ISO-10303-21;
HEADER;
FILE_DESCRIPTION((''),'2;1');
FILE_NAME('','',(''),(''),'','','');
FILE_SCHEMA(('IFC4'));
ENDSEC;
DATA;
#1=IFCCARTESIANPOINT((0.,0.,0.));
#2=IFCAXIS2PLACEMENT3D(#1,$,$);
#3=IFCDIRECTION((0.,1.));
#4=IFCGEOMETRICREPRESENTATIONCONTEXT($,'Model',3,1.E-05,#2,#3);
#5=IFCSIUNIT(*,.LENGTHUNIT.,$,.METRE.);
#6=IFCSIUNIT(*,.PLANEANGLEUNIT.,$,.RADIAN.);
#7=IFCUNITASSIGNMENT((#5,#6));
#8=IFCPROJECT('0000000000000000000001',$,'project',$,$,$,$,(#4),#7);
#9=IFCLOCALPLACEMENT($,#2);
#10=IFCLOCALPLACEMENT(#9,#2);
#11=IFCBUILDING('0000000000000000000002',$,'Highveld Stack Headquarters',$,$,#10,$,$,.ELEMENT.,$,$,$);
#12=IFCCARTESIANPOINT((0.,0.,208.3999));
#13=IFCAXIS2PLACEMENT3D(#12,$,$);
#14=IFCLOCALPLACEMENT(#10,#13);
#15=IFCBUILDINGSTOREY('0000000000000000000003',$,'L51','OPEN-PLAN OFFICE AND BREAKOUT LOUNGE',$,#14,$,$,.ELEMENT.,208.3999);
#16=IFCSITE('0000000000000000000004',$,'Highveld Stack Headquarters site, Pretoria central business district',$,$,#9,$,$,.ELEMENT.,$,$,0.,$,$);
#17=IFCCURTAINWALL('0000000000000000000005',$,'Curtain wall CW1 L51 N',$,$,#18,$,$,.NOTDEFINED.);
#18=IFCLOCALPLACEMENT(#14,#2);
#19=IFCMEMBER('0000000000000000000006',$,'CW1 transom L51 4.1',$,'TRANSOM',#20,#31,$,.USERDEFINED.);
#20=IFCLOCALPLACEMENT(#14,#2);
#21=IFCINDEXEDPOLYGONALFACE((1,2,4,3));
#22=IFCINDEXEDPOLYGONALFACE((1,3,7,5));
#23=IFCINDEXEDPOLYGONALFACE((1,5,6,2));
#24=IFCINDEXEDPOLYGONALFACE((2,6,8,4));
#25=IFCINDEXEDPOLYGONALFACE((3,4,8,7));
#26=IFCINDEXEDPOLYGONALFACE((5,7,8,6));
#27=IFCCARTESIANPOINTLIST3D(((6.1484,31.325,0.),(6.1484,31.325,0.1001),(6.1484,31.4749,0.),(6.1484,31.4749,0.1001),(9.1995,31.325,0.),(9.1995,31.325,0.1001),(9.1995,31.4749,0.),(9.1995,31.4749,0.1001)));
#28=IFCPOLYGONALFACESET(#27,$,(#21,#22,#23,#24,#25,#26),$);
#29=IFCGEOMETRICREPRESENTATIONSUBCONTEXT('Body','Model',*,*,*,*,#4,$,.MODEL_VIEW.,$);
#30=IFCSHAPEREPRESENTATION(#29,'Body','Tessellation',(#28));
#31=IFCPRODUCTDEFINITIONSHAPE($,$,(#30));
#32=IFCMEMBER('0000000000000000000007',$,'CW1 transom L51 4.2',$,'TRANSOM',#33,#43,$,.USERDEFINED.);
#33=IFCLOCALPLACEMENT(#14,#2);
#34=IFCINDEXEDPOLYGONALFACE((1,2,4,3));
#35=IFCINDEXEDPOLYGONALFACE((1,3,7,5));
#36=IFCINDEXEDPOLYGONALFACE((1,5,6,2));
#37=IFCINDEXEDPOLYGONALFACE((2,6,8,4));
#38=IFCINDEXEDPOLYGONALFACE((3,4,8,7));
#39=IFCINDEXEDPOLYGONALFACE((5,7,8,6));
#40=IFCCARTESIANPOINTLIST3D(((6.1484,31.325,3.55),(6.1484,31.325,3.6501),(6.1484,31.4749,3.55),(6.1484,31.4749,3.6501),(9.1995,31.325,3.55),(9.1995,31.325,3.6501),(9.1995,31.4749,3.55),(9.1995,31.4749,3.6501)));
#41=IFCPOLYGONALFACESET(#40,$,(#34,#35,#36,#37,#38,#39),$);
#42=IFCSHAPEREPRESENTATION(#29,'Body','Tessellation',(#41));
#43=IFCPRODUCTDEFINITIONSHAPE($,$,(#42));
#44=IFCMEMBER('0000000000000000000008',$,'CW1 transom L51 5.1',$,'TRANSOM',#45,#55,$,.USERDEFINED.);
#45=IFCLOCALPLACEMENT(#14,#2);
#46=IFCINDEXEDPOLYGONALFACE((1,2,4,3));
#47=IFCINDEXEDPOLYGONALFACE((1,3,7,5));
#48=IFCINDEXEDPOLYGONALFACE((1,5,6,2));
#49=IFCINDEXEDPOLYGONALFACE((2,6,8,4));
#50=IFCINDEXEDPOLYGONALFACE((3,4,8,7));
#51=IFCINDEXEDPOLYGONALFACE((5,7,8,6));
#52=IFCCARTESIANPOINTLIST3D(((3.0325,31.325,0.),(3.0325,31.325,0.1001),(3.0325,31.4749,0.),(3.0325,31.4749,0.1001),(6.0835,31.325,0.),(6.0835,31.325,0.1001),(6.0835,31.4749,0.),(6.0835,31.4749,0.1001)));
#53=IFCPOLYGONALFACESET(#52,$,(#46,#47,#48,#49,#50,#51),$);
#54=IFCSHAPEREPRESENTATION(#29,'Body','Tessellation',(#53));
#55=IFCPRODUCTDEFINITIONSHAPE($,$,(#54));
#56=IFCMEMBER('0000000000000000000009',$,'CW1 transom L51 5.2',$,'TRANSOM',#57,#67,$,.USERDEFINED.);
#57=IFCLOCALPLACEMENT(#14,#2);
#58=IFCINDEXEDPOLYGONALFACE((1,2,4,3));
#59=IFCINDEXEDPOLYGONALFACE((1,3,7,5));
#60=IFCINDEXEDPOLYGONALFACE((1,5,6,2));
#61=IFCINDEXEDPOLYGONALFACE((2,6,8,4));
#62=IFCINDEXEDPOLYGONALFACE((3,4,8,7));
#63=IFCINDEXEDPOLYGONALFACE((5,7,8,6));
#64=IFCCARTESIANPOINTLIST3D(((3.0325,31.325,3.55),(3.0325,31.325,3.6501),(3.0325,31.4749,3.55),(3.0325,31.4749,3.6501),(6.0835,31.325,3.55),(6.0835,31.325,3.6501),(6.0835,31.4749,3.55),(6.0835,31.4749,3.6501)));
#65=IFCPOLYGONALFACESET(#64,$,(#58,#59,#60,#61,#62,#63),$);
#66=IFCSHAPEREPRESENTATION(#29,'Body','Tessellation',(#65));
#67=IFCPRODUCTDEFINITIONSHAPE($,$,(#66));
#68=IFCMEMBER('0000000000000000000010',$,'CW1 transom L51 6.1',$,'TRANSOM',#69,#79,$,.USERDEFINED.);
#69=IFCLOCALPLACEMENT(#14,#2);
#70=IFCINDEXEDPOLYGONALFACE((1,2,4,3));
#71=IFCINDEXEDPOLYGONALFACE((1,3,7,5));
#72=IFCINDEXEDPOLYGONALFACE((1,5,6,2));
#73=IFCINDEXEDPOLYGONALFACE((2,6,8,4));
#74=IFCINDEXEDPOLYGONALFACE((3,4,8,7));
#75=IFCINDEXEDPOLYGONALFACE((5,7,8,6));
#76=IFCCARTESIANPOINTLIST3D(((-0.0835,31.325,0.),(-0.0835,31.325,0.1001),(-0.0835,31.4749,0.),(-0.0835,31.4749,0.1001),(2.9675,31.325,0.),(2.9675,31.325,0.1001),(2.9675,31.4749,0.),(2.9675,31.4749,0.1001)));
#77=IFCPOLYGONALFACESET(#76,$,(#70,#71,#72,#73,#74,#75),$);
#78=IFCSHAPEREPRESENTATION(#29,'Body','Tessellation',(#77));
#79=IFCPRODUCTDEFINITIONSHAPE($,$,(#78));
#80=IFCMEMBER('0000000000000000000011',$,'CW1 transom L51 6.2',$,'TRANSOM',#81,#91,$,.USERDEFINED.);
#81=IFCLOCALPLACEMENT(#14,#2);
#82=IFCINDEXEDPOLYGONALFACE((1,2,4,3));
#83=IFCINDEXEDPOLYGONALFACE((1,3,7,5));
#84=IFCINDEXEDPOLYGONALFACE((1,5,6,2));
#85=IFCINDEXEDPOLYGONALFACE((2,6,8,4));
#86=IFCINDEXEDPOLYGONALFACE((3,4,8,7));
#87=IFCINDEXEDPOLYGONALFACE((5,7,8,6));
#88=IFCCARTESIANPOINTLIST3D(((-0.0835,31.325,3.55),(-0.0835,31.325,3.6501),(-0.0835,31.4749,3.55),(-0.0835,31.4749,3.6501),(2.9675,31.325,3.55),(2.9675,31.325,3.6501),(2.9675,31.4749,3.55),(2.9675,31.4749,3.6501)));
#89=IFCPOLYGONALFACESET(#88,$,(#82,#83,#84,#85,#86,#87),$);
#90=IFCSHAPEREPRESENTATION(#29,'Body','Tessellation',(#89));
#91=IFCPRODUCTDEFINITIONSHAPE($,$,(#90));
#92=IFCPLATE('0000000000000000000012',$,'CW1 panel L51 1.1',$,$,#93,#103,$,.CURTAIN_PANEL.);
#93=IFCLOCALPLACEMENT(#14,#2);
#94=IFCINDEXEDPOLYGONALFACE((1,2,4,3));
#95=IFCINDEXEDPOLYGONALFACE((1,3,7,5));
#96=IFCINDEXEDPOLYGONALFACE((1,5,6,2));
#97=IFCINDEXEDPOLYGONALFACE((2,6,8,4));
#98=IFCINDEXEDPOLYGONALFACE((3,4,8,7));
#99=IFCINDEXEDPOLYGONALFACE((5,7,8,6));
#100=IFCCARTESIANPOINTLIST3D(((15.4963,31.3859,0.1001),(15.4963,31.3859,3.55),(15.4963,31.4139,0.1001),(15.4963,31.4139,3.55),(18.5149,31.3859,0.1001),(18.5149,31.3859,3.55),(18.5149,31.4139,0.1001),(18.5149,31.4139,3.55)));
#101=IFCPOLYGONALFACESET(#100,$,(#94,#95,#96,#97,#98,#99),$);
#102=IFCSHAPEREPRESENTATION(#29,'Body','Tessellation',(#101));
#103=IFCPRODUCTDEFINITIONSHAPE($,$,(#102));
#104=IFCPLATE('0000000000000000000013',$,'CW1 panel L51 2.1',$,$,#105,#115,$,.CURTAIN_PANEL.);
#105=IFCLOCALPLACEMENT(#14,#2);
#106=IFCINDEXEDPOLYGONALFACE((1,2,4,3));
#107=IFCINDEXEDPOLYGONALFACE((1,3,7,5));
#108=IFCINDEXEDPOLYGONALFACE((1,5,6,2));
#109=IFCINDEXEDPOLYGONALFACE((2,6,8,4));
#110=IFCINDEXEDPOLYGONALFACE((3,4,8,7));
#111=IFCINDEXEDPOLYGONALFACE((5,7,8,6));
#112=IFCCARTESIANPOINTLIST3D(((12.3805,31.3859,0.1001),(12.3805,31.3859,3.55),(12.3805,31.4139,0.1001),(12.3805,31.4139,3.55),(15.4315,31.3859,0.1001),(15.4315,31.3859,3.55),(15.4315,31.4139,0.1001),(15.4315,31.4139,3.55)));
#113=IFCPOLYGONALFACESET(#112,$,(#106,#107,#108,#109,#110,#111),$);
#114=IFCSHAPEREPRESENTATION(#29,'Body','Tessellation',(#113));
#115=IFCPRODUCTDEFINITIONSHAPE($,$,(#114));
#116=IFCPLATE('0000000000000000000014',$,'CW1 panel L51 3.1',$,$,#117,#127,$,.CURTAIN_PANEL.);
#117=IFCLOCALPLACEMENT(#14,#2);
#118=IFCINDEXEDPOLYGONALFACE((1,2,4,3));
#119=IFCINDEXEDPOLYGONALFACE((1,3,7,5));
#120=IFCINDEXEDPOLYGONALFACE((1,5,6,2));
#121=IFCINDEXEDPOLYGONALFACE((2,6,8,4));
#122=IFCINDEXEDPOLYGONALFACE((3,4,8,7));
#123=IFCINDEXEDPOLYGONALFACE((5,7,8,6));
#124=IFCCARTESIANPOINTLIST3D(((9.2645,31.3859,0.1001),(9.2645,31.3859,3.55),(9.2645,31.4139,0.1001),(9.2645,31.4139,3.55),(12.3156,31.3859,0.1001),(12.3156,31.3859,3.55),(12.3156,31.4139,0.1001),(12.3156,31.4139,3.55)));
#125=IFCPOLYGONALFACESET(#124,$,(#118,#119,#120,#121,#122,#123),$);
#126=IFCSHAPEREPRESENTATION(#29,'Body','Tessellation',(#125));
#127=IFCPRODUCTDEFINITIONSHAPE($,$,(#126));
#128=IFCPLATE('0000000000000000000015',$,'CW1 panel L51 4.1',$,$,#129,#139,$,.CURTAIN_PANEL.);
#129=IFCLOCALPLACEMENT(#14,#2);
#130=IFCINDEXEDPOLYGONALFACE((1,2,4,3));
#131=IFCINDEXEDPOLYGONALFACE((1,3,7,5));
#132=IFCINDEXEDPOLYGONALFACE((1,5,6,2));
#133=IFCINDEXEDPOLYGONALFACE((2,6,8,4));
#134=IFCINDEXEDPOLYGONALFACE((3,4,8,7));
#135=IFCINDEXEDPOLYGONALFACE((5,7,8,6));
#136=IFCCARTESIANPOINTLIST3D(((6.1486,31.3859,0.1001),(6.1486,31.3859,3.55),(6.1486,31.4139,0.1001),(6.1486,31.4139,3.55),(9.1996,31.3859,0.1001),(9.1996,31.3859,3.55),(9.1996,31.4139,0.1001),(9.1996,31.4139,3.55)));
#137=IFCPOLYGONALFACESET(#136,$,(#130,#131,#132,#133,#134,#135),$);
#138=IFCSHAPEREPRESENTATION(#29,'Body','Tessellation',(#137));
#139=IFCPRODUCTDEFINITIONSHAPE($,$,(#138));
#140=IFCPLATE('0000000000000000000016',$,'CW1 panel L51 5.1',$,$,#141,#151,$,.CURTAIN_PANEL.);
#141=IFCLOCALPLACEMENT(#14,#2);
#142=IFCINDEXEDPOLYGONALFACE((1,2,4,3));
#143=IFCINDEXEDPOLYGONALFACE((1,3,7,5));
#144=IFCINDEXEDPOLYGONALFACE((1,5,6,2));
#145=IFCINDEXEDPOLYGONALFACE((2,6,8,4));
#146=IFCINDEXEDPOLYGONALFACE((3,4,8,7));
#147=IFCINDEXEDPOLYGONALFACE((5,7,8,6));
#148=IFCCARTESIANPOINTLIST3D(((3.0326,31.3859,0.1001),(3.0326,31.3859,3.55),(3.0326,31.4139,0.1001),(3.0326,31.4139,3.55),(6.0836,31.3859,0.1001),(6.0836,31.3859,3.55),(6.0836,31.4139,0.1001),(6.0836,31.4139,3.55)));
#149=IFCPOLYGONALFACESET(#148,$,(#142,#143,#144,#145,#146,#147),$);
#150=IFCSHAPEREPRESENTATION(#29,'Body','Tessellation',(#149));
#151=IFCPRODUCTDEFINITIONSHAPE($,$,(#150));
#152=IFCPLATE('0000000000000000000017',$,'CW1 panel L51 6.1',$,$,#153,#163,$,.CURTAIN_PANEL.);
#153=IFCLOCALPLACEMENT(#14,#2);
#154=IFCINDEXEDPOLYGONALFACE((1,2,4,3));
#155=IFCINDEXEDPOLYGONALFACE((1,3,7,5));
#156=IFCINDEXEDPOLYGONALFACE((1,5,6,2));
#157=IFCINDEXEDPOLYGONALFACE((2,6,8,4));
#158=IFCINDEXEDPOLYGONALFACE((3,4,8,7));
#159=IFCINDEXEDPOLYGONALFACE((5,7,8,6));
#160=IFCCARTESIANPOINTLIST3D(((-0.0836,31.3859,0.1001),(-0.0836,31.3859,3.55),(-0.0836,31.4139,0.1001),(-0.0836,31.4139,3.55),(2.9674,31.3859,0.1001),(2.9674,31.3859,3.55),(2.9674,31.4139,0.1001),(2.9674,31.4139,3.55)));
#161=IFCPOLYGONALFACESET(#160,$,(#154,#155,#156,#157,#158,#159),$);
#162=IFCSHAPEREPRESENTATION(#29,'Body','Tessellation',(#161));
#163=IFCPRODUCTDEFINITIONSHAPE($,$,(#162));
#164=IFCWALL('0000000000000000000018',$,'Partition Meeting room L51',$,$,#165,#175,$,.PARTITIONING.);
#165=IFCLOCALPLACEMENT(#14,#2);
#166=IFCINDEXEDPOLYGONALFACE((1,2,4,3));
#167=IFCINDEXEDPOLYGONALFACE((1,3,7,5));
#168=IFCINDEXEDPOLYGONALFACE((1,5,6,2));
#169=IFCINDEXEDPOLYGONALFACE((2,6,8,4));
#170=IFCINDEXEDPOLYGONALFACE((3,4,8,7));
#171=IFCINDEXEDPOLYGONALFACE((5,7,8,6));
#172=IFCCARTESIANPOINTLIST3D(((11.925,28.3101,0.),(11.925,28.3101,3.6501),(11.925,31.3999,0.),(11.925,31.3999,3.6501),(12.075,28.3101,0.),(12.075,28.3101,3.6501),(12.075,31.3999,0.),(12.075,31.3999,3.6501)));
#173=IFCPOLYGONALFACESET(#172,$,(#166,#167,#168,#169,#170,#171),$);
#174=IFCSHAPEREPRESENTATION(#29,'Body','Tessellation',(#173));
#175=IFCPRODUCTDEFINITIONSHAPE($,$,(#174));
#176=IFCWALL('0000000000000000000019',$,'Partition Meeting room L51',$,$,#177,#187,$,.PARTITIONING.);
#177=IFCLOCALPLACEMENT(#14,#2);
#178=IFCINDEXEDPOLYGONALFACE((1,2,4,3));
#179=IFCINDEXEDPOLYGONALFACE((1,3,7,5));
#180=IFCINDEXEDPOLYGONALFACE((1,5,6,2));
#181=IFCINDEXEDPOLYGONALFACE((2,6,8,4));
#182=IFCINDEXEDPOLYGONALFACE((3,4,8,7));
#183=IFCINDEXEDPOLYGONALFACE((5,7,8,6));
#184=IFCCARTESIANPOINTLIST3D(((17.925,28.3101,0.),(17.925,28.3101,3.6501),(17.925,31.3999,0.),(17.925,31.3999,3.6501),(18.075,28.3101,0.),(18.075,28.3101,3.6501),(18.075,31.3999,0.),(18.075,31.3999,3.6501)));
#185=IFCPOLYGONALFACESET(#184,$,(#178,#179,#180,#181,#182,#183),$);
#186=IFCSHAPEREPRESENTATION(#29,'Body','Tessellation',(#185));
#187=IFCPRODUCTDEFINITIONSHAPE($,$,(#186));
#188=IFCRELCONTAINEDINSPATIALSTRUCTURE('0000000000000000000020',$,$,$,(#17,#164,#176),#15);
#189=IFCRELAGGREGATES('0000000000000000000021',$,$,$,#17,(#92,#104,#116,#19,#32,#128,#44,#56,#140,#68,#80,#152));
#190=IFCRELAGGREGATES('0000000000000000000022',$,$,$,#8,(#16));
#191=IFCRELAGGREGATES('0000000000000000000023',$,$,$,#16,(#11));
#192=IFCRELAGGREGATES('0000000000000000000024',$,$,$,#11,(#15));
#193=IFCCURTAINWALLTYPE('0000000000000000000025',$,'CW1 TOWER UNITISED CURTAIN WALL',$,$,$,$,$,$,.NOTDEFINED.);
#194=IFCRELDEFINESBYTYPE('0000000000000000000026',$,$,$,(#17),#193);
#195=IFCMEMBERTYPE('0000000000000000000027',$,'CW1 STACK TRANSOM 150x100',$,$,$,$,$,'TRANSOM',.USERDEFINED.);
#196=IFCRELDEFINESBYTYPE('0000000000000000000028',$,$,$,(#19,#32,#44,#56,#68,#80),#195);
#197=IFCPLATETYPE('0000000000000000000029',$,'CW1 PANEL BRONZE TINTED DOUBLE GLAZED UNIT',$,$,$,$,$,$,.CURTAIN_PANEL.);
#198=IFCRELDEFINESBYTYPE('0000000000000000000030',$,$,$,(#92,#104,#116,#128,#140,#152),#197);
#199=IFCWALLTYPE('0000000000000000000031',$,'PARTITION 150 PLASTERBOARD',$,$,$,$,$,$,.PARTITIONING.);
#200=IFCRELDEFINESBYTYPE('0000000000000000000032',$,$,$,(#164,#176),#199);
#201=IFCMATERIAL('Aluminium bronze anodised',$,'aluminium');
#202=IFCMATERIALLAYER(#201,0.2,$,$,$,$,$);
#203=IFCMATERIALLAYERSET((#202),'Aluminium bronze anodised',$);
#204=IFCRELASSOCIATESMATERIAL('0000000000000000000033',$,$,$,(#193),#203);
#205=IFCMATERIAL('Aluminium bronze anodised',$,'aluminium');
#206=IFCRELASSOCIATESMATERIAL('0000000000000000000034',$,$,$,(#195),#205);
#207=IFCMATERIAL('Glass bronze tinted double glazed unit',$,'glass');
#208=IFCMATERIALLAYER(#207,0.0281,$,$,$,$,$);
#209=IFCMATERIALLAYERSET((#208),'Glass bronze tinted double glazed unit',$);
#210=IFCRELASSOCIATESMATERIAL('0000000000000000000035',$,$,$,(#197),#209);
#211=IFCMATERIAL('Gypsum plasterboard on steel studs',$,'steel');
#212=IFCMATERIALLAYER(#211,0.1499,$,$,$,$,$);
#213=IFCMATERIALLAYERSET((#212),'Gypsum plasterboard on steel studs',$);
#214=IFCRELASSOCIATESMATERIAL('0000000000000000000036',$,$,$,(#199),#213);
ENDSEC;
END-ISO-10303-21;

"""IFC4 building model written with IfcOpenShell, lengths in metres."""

from ifc_helpers import new_model, si_unit, direction, frame, frame_2d, origin, origin_2d, place, context, subcontext, project, spatial, rectangle, extrude, material, layer, layer_set, material_profile, profile_set, type_object, element, aggregate, save


model = new_model("IFC4")

# Units and contexts
model_context = context("Model", 3, precision=1e-05, world=origin(), true_north=direction((0.0, 1.0)))
body_context = subcontext(model_context, "Body", "Model", "MODEL_VIEW")
ifc_project = project(units=[si_unit("LENGTHUNIT", "METRE"), si_unit("PLANEANGLEUNIT", "RADIAN")], contexts=[model_context])

# Site, building, storey
site_placement = place(None, origin())
site = spatial("IfcSite", under=ifc_project, at=site_placement, Name="Highveld Stack Headquarters site, Pretoria central business district", CompositionType="ELEMENT", RefElevation=0.0)
building_placement = place(site_placement, origin())
building = spatial("IfcBuilding", under=site, at=building_placement, Name="Highveld Stack Headquarters", CompositionType="ELEMENT")
storey_placement = place(building_placement, frame((0.0, 0.0, 208.3999)))
storey = spatial("IfcBuildingStorey", under=building, at=storey_placement, Name="L51", Description="OPEN-PLAN OFFICE AND BREAKOUT LOUNGE", CompositionType="ELEMENT", Elevation=208.3999)

# Curtain wall, members, plates
ifc_material_1 = material(Name="Aluminium bronze anodised", Category="aluminium")
ifc_layer_1 = layer(ifc_material_1, 0.2)
ifc_layer_set_1 = layer_set([ifc_layer_1], Name="Aluminium bronze anodised")
curtain_wall_type = type_object("IfcCurtainWallType", Name="CW1 TOWER UNITISED CURTAIN WALL", PredefinedType="NOTDEFINED", material=ifc_layer_set_1)
curtain_wall_placement = place(storey_placement, origin())
curtain_wall = element("IfcCurtainWall", 1, at=curtain_wall_placement, inside=storey, type_object=curtain_wall_type, Name="Curtain wall CW1 L51 N", PredefinedType="NOTDEFINED")
ifc_material_2 = material(Name="Aluminium bronze anodised", Category="aluminium")
ifc_material_profile_1 = material_profile(ifc_material_2, rectangle(XDim=0.1499, YDim=0.1001, at=origin_2d()), Name="CW1 TRANSOM 150x100")
ifc_profile_set_1 = profile_set([ifc_material_profile_1], Name="Aluminium bronze anodised")
member_type_1 = type_object("IfcMemberType", Name="CW1 STACK TRANSOM 150x100", ElementType="TRANSOM", PredefinedType="USERDEFINED", material=ifc_profile_set_1)
member_1_placement = place(storey_placement, frame((9.1995, 31.3999, 0.05), z_axis=(-1.0, 0.0, 0.0), x_axis=(0.0, -1.0, 0.0)))
member_1 = element("IfcMember", 2, at=member_1_placement, type_object=member_type_1, Name="CW1 transom L51 4.1", ObjectType="TRANSOM", PredefinedType="USERDEFINED", context=body_context, shape_type="SweptSolid", body=[
    extrude(rectangle(XDim=0.1499, YDim=0.1001, at=origin_2d()), origin(), (0.0, 0.0, 1.0), 3.051),
])
member_2_placement = place(storey_placement, frame((9.1995, 31.3999, 3.6001), z_axis=(-1.0, 0.0, 0.0), x_axis=(0.0, -1.0, 0.0)))
member_2 = element("IfcMember", 3, at=member_2_placement, type_object=member_type_1, Name="CW1 transom L51 4.2", ObjectType="TRANSOM", PredefinedType="USERDEFINED", context=body_context, shape_type="SweptSolid", body=[
    extrude(rectangle(XDim=0.1499, YDim=0.1001, at=origin_2d()), origin(), (0.0, 0.0, 1.0), 3.051),
])
member_3_placement = place(storey_placement, frame((6.0835, 31.3999, 0.05), z_axis=(-1.0, 0.0, 0.0), x_axis=(0.0, -1.0, 0.0)))
member_3 = element("IfcMember", 4, at=member_3_placement, type_object=member_type_1, Name="CW1 transom L51 5.1", ObjectType="TRANSOM", PredefinedType="USERDEFINED", context=body_context, shape_type="SweptSolid", body=[
    extrude(rectangle(XDim=0.1499, YDim=0.1001, at=origin_2d()), origin(), (0.0, 0.0, 1.0), 3.051),
])
member_4_placement = place(storey_placement, frame((6.0835, 31.3999, 3.6001), z_axis=(-1.0, 0.0, 0.0), x_axis=(0.0, -1.0, 0.0)))
member_4 = element("IfcMember", 5, at=member_4_placement, type_object=member_type_1, Name="CW1 transom L51 5.2", ObjectType="TRANSOM", PredefinedType="USERDEFINED", context=body_context, shape_type="SweptSolid", body=[
    extrude(rectangle(XDim=0.1499, YDim=0.1001, at=origin_2d()), origin(), (0.0, 0.0, 1.0), 3.051),
])
member_5_placement = place(storey_placement, frame((2.9675, 31.3999, 0.05), z_axis=(-1.0, 0.0, 0.0), x_axis=(0.0, -1.0, 0.0)))
member_5 = element("IfcMember", 6, at=member_5_placement, type_object=member_type_1, Name="CW1 transom L51 6.1", ObjectType="TRANSOM", PredefinedType="USERDEFINED", context=body_context, shape_type="SweptSolid", body=[
    extrude(rectangle(XDim=0.1499, YDim=0.1001, at=origin_2d()), origin(), (0.0, 0.0, 1.0), 3.051),
])
member_6_placement = place(storey_placement, frame((2.9675, 31.3999, 3.6001), z_axis=(-1.0, 0.0, 0.0), x_axis=(0.0, -1.0, 0.0)))
member_6 = element("IfcMember", 7, at=member_6_placement, type_object=member_type_1, Name="CW1 transom L51 6.2", ObjectType="TRANSOM", PredefinedType="USERDEFINED", context=body_context, shape_type="SweptSolid", body=[
    extrude(rectangle(XDim=0.1499, YDim=0.1001, at=origin_2d()), origin(), (0.0, 0.0, 1.0), 3.051),
])
ifc_material_3 = material(Name="Glass bronze tinted double glazed unit", Category="glass")
ifc_layer_2 = layer(ifc_material_3, 0.0281)
ifc_layer_set_2 = layer_set([ifc_layer_2], Name="Glass bronze tinted double glazed unit")
plate_type = type_object("IfcPlateType", Name="CW1 PANEL BRONZE TINTED DOUBLE GLAZED UNIT", PredefinedType="CURTAIN_PANEL", material=ifc_layer_set_2)
plate_1_placement = place(storey_placement, frame((17.0056, 31.3999, 0.1001), z_axis=(0.0, 0.0, 1.0), x_axis=(-1.0, 0.0, 0.0)))
plate_1 = element("IfcPlate", 8, at=plate_1_placement, type_object=plate_type, Name="CW1 panel L51 1.1", PredefinedType="CURTAIN_PANEL", context=body_context, shape_type="SweptSolid", body=[
    extrude(rectangle(XDim=3.0186, YDim=0.0281, at=origin_2d()), origin(), (0.0, 0.0, 1.0), 3.45),
])
plate_2_placement = place(storey_placement, frame((13.906, 31.3999, 0.1001), z_axis=(0.0, 0.0, 1.0), x_axis=(-1.0, 0.0, 0.0)))
plate_2 = element("IfcPlate", 9, at=plate_2_placement, type_object=plate_type, Name="CW1 panel L51 2.1", PredefinedType="CURTAIN_PANEL", context=body_context, shape_type="SweptSolid", body=[
    extrude(rectangle(XDim=3.051, YDim=0.0281, at=origin_2d()), origin(), (0.0, 0.0, 1.0), 3.45),
])
plate_3_placement = place(storey_placement, frame((10.79, 31.3999, 0.1001), z_axis=(0.0, 0.0, 1.0), x_axis=(-1.0, 0.0, 0.0)))
plate_3 = element("IfcPlate", 10, at=plate_3_placement, type_object=plate_type, Name="CW1 panel L51 3.1", PredefinedType="CURTAIN_PANEL", context=body_context, shape_type="SweptSolid", body=[
    extrude(rectangle(XDim=3.051, YDim=0.0281, at=origin_2d()), origin(), (0.0, 0.0, 1.0), 3.45),
])
plate_4_placement = place(storey_placement, frame((7.6741, 31.3999, 0.1001), z_axis=(0.0, 0.0, 1.0), x_axis=(-1.0, 0.0, 0.0)))
plate_4 = element("IfcPlate", 11, at=plate_4_placement, type_object=plate_type, Name="CW1 panel L51 4.1", PredefinedType="CURTAIN_PANEL", context=body_context, shape_type="SweptSolid", body=[
    extrude(rectangle(XDim=3.051, YDim=0.0281, at=origin_2d()), origin(), (0.0, 0.0, 1.0), 3.45),
])
plate_5_placement = place(storey_placement, frame((4.5581, 31.3999, 0.1001), z_axis=(0.0, 0.0, 1.0), x_axis=(-1.0, 0.0, 0.0)))
plate_5 = element("IfcPlate", 12, at=plate_5_placement, type_object=plate_type, Name="CW1 panel L51 5.1", PredefinedType="CURTAIN_PANEL", context=body_context, shape_type="SweptSolid", body=[
    extrude(rectangle(XDim=3.051, YDim=0.0281, at=origin_2d()), origin(), (0.0, 0.0, 1.0), 3.45),
])
plate_6_placement = place(storey_placement, frame((1.4419, 31.3999, 0.1001), z_axis=(0.0, 0.0, 1.0), x_axis=(-1.0, 0.0, 0.0)))
plate_6 = element("IfcPlate", 13, at=plate_6_placement, type_object=plate_type, Name="CW1 panel L51 6.1", PredefinedType="CURTAIN_PANEL", context=body_context, shape_type="SweptSolid", body=[
    extrude(rectangle(XDim=3.051, YDim=0.0281, at=origin_2d()), origin(), (0.0, 0.0, 1.0), 3.45),
])
aggregate(curtain_wall, [plate_1, plate_2, plate_3, member_1, member_2, plate_4, member_3, member_4, plate_5, member_5, member_6, plate_6])

# Walls
ifc_material_4 = material(Name="Gypsum plasterboard on steel studs", Category="steel")
ifc_layer_3 = layer(ifc_material_4, 0.1499)
ifc_layer_set_3 = layer_set([ifc_layer_3], Name="Gypsum plasterboard on steel studs")
wall_type = type_object("IfcWallType", Name="PARTITION 150 PLASTERBOARD", PredefinedType="PARTITIONING", material=ifc_layer_set_3)
for number, where, z_axis, x_axis, name in (
    (14, (12.0, 28.3101, 0.0), (0.0, 0.0, 1.0), (0.0, 1.0, 0.0), "Partition Meeting room L51"),
    (15, (18.0, 28.3101, 0.0), (0.0, 0.0, 1.0), (0.0, 1.0, 0.0), "Partition Meeting room L51"),
):
    element("IfcWall", number, at=place(storey_placement, frame(where, z_axis=z_axis, x_axis=x_axis)), inside=storey, type_object=wall_type, Name=name, PredefinedType="PARTITIONING", context=body_context, shape_type="SweptSolid", body=[
        extrude(rectangle(XDim=3.0898, YDim=0.1499, at=frame_2d((1.5449, 0.0))), origin(), (0.0, 0.0, 1.0), 3.6501),
    ])

save(model, "model.ifc")
